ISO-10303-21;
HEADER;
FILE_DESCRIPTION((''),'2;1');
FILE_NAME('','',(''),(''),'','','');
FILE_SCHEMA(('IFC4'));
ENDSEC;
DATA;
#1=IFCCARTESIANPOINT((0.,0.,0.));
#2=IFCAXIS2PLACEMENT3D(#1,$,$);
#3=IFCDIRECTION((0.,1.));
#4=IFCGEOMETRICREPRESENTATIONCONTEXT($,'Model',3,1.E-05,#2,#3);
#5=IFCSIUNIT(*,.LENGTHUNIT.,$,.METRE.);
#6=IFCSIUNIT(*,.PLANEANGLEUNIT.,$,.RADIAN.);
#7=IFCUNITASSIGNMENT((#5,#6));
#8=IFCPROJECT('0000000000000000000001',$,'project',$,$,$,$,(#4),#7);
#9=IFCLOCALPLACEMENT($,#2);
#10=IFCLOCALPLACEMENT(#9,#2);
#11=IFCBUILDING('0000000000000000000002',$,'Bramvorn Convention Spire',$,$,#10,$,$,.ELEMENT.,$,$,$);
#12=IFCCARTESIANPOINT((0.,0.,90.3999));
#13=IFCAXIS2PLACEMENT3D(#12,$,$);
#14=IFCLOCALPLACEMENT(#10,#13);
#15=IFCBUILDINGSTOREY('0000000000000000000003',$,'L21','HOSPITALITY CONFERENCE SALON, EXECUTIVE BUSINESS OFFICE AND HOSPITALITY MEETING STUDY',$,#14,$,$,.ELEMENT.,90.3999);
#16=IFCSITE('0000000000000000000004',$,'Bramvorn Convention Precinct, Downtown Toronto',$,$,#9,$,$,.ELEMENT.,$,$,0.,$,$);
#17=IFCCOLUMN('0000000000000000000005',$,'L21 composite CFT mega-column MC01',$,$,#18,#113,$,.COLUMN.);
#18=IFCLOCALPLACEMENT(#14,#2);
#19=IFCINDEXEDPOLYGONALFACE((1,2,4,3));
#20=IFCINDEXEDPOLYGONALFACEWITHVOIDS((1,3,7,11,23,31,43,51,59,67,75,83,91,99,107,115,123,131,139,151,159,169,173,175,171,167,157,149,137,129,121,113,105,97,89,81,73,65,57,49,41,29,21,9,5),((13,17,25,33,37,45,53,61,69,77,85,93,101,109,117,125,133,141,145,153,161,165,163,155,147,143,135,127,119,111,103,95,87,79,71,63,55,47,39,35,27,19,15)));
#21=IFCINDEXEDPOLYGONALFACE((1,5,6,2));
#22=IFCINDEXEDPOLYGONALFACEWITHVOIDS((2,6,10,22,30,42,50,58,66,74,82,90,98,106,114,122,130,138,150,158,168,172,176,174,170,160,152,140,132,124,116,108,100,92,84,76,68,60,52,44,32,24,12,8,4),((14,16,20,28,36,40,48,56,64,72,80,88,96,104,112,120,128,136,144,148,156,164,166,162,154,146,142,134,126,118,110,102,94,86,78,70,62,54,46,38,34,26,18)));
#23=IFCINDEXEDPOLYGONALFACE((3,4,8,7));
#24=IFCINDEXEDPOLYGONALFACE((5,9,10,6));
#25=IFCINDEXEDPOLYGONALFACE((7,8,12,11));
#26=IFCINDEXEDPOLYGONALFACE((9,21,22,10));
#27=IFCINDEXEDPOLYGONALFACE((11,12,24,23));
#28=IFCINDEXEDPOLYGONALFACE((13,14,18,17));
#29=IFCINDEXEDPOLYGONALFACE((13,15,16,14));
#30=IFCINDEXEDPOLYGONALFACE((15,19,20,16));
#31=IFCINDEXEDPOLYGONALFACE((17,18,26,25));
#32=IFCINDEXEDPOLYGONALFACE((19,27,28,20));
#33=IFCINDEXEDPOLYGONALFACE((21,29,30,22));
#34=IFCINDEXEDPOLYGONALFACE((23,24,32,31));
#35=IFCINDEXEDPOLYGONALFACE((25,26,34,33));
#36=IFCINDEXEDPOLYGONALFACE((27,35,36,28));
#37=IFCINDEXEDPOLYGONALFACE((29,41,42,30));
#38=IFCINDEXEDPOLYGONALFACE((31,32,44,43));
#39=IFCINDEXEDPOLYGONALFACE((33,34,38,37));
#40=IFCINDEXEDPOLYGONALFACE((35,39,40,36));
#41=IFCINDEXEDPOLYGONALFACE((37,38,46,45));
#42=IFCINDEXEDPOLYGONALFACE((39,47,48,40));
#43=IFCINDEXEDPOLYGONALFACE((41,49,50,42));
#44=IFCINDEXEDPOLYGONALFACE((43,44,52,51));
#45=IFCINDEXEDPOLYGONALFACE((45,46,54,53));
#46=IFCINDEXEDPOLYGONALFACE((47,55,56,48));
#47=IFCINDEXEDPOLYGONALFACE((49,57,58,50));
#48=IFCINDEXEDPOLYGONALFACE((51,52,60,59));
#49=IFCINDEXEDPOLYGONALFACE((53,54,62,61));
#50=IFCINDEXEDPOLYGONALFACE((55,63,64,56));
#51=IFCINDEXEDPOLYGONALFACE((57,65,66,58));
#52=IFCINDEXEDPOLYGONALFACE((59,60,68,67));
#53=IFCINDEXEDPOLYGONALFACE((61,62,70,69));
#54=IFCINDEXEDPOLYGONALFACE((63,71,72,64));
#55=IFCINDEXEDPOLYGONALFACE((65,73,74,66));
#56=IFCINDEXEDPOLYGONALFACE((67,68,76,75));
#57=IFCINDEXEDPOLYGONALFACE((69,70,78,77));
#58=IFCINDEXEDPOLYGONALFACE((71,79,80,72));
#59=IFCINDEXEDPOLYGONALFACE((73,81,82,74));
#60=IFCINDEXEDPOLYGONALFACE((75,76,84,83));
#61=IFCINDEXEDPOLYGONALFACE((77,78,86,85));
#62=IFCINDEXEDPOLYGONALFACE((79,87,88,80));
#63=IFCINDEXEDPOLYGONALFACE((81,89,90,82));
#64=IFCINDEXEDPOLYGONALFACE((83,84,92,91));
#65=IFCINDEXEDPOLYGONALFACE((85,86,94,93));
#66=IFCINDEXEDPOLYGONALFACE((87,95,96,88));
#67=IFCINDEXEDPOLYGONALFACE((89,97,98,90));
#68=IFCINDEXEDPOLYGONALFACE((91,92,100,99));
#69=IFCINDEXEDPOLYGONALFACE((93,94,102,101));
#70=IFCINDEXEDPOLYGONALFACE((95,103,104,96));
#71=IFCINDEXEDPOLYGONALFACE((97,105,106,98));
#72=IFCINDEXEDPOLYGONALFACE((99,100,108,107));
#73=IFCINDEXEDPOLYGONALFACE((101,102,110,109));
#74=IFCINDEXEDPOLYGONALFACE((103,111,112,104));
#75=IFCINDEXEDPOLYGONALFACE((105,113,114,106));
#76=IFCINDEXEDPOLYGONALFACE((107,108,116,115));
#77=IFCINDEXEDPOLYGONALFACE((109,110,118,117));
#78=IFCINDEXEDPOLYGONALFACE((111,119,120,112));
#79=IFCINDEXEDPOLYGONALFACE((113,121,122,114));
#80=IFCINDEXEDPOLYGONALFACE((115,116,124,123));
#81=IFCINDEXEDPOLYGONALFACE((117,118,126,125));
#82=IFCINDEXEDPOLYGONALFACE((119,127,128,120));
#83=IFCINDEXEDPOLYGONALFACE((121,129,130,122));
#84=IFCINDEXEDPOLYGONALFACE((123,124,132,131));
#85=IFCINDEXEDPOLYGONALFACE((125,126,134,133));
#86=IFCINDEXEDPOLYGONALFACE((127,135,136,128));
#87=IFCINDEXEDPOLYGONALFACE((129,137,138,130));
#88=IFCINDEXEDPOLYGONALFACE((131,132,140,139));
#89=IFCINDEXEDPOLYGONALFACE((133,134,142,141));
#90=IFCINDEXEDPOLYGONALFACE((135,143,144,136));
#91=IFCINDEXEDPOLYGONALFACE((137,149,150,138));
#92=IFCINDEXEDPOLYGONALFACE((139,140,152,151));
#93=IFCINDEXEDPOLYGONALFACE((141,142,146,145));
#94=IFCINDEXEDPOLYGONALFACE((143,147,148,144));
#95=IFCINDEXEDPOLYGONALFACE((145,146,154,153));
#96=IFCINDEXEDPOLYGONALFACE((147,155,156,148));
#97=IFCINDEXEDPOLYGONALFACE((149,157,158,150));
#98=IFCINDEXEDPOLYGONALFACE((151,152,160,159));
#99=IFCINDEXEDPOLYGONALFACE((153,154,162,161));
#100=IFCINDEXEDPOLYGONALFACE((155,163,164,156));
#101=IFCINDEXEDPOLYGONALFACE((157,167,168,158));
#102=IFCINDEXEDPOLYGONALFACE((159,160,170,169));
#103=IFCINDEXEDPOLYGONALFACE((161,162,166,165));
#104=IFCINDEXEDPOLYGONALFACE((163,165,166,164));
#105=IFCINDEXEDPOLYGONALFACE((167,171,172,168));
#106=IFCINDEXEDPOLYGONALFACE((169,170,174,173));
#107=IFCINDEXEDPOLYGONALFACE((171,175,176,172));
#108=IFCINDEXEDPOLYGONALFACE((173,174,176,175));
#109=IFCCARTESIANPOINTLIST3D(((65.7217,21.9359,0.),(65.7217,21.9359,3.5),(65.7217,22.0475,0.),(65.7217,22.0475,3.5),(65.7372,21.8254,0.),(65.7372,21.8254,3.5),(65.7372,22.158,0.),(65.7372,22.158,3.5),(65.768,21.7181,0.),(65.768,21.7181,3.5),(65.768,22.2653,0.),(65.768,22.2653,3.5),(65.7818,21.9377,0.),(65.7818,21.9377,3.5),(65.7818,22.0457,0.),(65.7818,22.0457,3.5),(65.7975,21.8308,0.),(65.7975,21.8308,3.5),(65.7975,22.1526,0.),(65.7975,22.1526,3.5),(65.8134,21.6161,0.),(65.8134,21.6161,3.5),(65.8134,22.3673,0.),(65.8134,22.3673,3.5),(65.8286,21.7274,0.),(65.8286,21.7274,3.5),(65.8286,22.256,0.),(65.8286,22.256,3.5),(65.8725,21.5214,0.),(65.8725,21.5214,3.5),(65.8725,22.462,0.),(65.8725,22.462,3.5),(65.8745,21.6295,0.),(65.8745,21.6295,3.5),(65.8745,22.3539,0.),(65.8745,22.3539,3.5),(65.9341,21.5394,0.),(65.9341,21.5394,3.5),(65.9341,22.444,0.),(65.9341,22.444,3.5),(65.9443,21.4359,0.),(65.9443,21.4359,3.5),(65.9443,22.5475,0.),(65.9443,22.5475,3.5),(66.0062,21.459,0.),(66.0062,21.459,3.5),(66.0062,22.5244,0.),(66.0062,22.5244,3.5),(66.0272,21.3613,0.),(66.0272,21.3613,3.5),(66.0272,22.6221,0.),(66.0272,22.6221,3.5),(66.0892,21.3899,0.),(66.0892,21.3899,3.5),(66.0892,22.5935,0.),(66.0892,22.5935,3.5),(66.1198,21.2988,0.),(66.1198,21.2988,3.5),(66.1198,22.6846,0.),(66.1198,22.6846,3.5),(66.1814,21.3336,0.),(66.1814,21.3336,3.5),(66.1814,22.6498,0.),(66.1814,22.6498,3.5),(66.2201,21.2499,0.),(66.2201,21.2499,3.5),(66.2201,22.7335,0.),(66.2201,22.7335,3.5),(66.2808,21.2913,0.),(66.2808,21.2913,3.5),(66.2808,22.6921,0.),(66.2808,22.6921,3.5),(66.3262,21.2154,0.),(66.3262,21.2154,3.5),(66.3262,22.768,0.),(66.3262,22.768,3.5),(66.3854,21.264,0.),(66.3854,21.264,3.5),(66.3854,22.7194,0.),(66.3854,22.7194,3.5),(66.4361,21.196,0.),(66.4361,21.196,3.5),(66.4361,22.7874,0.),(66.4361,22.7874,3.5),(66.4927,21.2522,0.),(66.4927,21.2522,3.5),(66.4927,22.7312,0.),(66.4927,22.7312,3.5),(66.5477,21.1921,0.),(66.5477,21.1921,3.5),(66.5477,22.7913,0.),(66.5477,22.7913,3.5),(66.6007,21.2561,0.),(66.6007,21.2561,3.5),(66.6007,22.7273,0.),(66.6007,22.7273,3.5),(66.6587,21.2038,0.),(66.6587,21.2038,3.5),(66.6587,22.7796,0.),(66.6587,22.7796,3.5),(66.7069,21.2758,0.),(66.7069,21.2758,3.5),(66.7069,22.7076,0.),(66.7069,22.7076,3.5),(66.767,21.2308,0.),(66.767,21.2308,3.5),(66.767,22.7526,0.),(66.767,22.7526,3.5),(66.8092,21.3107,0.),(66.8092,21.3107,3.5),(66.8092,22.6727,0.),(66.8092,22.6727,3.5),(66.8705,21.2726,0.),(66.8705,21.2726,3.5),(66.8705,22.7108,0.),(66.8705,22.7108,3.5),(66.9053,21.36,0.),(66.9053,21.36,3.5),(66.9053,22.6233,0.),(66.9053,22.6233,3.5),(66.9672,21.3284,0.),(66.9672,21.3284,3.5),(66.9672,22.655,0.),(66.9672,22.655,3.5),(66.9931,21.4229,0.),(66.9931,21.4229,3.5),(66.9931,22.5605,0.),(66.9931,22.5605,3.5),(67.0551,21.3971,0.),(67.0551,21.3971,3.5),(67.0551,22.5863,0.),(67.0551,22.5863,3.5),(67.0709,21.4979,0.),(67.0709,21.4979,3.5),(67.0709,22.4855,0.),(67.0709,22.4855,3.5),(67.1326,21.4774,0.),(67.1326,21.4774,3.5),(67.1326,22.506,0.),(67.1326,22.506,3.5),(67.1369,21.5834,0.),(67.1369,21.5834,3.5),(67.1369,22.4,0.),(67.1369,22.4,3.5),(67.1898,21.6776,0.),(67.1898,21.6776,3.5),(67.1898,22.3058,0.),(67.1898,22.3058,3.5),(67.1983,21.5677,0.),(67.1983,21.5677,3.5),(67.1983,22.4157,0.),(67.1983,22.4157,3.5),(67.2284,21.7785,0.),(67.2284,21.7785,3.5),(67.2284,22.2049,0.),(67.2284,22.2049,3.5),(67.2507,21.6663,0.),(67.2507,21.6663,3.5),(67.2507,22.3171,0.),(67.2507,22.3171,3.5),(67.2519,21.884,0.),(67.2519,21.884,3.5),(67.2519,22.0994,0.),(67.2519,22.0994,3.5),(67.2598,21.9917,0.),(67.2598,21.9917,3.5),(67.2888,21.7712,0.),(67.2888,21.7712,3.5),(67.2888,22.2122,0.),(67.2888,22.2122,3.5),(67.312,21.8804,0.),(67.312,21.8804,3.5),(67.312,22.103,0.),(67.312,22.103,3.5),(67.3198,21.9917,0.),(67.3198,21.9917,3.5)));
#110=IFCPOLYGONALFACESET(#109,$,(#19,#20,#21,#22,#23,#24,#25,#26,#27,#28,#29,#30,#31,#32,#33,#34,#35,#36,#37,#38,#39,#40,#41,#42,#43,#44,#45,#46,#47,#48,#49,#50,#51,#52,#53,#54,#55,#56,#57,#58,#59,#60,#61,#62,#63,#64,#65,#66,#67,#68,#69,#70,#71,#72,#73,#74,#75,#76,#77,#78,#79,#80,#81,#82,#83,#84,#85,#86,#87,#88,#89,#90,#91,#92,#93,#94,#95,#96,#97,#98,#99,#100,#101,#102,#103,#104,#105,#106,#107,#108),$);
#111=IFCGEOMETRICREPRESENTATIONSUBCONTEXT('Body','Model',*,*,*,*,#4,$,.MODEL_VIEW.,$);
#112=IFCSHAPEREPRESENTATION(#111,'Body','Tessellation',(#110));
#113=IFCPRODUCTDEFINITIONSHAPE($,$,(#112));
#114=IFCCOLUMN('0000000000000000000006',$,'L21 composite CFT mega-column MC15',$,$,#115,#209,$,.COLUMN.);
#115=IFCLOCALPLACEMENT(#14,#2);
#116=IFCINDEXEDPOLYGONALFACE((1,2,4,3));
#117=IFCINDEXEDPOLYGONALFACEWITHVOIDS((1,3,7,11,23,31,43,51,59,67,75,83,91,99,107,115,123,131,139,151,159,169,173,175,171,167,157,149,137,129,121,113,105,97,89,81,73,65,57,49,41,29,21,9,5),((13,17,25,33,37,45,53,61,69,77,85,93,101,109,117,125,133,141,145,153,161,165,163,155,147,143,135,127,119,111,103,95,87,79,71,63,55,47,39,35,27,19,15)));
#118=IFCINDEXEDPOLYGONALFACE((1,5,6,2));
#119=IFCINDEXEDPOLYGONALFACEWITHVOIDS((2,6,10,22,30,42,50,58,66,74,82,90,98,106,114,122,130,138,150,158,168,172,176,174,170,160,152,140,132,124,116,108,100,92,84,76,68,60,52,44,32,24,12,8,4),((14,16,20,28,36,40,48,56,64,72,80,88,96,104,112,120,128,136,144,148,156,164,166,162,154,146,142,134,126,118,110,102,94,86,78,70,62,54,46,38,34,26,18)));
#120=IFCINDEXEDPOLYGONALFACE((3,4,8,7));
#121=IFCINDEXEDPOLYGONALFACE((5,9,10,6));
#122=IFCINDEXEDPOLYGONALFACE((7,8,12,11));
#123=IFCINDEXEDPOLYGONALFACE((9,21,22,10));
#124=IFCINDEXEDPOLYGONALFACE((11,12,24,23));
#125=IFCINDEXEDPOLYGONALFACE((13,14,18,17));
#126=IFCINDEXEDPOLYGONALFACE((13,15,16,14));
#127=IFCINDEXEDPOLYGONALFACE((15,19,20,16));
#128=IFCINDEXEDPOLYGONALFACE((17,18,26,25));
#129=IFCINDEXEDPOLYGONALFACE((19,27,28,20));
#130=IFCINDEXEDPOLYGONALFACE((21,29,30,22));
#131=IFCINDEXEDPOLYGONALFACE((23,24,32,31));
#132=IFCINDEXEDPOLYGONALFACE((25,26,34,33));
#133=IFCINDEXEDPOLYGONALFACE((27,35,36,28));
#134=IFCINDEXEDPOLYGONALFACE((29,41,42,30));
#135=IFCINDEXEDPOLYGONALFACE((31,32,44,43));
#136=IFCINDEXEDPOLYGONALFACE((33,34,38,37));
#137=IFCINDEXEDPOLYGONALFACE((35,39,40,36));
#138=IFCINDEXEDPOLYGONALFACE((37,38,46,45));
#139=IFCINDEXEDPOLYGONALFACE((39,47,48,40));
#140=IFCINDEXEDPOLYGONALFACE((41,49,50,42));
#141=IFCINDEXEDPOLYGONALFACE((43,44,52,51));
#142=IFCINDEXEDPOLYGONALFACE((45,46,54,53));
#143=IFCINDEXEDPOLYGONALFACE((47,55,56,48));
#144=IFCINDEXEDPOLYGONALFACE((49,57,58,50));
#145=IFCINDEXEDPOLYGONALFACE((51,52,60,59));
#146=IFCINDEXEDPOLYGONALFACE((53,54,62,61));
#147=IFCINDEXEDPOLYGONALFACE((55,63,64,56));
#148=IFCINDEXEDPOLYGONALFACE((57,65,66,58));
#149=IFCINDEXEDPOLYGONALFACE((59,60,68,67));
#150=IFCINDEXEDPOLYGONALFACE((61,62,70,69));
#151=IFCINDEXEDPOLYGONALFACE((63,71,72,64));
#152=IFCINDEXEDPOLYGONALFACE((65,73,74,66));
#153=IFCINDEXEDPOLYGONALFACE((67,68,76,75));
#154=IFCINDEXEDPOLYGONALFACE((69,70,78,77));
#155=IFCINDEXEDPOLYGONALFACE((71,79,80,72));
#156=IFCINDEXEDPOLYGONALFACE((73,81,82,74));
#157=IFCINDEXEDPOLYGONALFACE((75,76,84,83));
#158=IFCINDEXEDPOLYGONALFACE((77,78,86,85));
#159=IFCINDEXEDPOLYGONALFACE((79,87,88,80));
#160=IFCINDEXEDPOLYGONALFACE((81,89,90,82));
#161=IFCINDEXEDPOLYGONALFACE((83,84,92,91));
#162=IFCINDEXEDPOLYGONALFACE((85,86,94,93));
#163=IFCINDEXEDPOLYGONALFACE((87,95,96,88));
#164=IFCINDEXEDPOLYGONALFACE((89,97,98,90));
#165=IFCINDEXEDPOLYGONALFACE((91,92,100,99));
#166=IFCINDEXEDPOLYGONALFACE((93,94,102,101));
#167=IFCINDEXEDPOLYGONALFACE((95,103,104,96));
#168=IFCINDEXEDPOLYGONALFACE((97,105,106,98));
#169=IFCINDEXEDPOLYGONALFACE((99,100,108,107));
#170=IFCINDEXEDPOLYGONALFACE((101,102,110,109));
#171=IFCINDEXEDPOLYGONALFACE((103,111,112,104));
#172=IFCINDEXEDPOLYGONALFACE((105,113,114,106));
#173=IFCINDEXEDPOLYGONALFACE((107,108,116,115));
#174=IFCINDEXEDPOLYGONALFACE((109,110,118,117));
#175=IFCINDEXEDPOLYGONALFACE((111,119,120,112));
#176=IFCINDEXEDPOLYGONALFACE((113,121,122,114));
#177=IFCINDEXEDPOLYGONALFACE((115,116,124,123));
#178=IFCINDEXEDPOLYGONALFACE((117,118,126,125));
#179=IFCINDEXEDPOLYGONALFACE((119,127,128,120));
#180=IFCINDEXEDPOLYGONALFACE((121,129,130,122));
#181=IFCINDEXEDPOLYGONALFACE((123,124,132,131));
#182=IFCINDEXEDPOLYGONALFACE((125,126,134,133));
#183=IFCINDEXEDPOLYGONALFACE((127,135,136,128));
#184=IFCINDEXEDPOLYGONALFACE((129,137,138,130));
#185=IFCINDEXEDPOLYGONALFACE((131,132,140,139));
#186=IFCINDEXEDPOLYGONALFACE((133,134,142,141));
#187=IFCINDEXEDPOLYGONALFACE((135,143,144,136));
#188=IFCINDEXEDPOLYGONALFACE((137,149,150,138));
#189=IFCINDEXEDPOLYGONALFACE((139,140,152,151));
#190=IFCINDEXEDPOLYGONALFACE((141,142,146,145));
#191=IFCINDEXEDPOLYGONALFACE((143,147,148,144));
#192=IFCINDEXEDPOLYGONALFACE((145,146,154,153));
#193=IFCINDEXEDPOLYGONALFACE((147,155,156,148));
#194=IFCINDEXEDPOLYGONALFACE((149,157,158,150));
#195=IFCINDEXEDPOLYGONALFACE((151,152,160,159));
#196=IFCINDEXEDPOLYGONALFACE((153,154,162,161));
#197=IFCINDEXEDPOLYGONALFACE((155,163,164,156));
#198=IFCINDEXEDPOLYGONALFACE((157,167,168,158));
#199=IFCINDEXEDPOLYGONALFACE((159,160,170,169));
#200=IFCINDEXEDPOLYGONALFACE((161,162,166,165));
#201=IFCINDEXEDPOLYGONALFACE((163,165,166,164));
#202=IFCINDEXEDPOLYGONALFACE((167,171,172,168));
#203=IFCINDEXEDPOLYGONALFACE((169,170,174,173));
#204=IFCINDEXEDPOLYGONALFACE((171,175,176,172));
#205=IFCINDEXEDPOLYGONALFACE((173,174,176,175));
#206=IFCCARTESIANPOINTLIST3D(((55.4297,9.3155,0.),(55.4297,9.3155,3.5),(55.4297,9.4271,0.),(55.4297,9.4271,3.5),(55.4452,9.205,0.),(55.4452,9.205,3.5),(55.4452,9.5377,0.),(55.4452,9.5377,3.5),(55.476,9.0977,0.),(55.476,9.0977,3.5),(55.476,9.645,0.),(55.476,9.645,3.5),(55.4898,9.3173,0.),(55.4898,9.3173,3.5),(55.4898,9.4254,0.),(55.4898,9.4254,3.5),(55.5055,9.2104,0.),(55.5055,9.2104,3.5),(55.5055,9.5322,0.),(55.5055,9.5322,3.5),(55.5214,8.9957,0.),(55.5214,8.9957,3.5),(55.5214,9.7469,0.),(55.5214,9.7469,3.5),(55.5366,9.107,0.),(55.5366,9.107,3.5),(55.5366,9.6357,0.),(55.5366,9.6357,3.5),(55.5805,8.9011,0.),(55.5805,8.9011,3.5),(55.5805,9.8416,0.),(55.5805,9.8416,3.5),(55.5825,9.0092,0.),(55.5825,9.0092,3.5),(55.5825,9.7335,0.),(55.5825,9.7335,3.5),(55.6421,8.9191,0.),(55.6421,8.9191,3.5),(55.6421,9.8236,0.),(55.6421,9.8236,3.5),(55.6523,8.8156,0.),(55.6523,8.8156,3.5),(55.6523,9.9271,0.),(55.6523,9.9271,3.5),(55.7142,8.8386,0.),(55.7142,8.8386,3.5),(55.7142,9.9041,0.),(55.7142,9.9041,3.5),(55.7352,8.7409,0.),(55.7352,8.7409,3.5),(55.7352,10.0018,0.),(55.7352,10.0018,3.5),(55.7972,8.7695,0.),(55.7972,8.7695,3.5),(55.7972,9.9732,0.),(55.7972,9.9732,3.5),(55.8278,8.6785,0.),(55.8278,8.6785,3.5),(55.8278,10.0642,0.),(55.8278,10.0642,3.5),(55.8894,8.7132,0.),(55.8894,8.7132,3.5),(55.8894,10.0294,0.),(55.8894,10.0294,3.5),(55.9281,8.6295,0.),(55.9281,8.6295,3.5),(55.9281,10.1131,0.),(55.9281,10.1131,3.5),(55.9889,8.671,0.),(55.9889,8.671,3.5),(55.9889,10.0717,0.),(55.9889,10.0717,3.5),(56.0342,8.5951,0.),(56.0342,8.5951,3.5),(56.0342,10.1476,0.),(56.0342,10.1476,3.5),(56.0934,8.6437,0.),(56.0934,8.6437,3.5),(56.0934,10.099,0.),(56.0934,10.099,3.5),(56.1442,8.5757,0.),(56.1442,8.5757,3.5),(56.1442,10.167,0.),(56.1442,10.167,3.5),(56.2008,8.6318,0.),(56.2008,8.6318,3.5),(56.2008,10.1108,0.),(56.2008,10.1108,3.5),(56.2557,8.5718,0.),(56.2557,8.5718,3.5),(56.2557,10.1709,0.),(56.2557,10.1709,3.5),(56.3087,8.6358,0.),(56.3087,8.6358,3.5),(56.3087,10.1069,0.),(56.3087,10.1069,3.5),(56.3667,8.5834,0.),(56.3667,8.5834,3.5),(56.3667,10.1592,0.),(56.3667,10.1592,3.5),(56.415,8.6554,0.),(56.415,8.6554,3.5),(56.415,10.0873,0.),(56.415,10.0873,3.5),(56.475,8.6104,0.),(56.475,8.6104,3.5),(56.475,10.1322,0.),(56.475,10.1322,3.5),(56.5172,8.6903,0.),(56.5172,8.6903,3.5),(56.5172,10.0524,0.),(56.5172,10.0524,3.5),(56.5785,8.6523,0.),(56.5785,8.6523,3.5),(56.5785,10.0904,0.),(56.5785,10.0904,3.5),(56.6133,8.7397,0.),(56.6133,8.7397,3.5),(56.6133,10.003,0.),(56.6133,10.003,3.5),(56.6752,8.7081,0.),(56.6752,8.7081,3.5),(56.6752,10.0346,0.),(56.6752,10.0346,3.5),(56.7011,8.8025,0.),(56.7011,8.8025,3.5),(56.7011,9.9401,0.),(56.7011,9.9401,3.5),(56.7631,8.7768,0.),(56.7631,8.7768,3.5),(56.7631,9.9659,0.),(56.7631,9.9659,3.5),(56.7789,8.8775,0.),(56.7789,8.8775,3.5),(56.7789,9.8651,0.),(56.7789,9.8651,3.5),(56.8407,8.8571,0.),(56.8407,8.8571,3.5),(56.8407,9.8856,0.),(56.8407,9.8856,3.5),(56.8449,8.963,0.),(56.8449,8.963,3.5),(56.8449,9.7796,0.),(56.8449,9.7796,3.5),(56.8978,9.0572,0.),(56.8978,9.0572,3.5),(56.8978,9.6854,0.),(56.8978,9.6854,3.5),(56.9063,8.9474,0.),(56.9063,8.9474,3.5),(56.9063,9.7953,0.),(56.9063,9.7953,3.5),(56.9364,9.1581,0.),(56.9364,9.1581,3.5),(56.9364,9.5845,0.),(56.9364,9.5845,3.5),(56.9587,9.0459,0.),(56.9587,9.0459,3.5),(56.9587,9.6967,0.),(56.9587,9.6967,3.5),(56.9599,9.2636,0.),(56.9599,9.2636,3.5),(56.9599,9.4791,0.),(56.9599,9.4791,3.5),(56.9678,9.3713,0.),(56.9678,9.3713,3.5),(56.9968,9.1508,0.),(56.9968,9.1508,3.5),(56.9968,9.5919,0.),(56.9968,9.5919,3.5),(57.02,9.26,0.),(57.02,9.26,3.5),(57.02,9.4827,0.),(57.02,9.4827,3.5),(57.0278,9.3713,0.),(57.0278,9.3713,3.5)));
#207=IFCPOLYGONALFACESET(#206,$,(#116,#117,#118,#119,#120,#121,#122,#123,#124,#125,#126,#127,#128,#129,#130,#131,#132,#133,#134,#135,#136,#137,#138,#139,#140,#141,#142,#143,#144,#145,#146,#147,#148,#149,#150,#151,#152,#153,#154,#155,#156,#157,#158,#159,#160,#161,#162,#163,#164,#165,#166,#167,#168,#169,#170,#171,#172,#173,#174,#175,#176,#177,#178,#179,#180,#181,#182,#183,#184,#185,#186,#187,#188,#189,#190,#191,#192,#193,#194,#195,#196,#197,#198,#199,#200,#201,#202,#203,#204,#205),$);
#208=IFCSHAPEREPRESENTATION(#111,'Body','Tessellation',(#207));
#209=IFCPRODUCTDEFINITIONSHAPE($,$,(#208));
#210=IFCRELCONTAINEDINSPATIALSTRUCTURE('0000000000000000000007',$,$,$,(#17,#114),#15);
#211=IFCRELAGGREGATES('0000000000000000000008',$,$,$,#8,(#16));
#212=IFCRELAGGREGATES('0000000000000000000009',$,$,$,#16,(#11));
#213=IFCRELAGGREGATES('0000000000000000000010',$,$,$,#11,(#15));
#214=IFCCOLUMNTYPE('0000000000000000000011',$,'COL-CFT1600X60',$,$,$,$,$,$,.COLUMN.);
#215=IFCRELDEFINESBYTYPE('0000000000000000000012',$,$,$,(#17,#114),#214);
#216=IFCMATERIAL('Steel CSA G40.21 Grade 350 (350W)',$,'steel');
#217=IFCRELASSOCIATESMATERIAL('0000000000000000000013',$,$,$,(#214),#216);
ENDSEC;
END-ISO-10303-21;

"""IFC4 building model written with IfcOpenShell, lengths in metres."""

from ifc_helpers import new_model, si_unit, direction, frame, origin, origin_2d, place, context, subcontext, project, spatial, hollow_circle, extrude, material, material_profile, profile_set, type_object, element, save


model = new_model("IFC4")

# Units and contexts
model_context = context("Model", 3, precision=1e-05, world=origin(), true_north=direction((0.0, 1.0)))
body_context = subcontext(model_context, "Body", "Model", "MODEL_VIEW")
ifc_project = project(units=[si_unit("LENGTHUNIT", "METRE"), si_unit("PLANEANGLEUNIT", "RADIAN")], contexts=[model_context])

# Site, building, storey
site_placement = place(None, origin())
site = spatial("IfcSite", under=ifc_project, at=site_placement, Name="Bramvorn Convention Precinct, Downtown Toronto", CompositionType="ELEMENT", RefElevation=0.0)
building_placement = place(site_placement, origin())
building = spatial("IfcBuilding", under=site, at=building_placement, Name="Bramvorn Convention Spire", CompositionType="ELEMENT")
storey_placement = place(building_placement, frame((0.0, 0.0, 90.3999)))
storey = spatial("IfcBuildingStorey", under=building, at=storey_placement, Name="L21", Description="HOSPITALITY CONFERENCE SALON, EXECUTIVE BUSINESS OFFICE AND HOSPITALITY MEETING STUDY", CompositionType="ELEMENT", Elevation=90.3999)

# Columns
ifc_material_1 = material(Name="Steel CSA G40.21 Grade 350 (350W)", Category="steel")
ifc_material_profile_1 = material_profile(ifc_material_1, hollow_circle(Radius=0.8, WallThickness=0.0601, at=origin_2d()))
ifc_profile_set_1 = profile_set([ifc_material_profile_1], Name="Steel CSA G40.21 Grade 350 (350W) - CFT1600X60")
column_type = type_object("IfcColumnType", Name="COL-CFT1600X60", PredefinedType="COLUMN", material=ifc_profile_set_1)
for number, where, z_axis, x_axis, name in (
    (1, (66.5198, 21.9917, 0.0), (0.0, 0.0, 1.0), (1.0, 0.0, 0.0), "L21 composite CFT mega-column MC01"),
    (2, (56.2278, 9.3713, 0.0), (0.0, 0.0, 1.0), (1.0, 0.0, 0.0), "L21 composite CFT mega-column MC15"),
):
    element("IfcColumn", number, at=place(storey_placement, frame(where, z_axis=z_axis, x_axis=x_axis)), inside=storey, type_object=column_type, Name=name, PredefinedType="COLUMN", context=body_context, shape_type="SweptSolid", body=[
        extrude(hollow_circle(Radius=0.8, WallThickness=0.0601, at=origin_2d()), origin(), (0.0, 0.0, 1.0), 3.5),
    ])

save(model, "model.ifc")
